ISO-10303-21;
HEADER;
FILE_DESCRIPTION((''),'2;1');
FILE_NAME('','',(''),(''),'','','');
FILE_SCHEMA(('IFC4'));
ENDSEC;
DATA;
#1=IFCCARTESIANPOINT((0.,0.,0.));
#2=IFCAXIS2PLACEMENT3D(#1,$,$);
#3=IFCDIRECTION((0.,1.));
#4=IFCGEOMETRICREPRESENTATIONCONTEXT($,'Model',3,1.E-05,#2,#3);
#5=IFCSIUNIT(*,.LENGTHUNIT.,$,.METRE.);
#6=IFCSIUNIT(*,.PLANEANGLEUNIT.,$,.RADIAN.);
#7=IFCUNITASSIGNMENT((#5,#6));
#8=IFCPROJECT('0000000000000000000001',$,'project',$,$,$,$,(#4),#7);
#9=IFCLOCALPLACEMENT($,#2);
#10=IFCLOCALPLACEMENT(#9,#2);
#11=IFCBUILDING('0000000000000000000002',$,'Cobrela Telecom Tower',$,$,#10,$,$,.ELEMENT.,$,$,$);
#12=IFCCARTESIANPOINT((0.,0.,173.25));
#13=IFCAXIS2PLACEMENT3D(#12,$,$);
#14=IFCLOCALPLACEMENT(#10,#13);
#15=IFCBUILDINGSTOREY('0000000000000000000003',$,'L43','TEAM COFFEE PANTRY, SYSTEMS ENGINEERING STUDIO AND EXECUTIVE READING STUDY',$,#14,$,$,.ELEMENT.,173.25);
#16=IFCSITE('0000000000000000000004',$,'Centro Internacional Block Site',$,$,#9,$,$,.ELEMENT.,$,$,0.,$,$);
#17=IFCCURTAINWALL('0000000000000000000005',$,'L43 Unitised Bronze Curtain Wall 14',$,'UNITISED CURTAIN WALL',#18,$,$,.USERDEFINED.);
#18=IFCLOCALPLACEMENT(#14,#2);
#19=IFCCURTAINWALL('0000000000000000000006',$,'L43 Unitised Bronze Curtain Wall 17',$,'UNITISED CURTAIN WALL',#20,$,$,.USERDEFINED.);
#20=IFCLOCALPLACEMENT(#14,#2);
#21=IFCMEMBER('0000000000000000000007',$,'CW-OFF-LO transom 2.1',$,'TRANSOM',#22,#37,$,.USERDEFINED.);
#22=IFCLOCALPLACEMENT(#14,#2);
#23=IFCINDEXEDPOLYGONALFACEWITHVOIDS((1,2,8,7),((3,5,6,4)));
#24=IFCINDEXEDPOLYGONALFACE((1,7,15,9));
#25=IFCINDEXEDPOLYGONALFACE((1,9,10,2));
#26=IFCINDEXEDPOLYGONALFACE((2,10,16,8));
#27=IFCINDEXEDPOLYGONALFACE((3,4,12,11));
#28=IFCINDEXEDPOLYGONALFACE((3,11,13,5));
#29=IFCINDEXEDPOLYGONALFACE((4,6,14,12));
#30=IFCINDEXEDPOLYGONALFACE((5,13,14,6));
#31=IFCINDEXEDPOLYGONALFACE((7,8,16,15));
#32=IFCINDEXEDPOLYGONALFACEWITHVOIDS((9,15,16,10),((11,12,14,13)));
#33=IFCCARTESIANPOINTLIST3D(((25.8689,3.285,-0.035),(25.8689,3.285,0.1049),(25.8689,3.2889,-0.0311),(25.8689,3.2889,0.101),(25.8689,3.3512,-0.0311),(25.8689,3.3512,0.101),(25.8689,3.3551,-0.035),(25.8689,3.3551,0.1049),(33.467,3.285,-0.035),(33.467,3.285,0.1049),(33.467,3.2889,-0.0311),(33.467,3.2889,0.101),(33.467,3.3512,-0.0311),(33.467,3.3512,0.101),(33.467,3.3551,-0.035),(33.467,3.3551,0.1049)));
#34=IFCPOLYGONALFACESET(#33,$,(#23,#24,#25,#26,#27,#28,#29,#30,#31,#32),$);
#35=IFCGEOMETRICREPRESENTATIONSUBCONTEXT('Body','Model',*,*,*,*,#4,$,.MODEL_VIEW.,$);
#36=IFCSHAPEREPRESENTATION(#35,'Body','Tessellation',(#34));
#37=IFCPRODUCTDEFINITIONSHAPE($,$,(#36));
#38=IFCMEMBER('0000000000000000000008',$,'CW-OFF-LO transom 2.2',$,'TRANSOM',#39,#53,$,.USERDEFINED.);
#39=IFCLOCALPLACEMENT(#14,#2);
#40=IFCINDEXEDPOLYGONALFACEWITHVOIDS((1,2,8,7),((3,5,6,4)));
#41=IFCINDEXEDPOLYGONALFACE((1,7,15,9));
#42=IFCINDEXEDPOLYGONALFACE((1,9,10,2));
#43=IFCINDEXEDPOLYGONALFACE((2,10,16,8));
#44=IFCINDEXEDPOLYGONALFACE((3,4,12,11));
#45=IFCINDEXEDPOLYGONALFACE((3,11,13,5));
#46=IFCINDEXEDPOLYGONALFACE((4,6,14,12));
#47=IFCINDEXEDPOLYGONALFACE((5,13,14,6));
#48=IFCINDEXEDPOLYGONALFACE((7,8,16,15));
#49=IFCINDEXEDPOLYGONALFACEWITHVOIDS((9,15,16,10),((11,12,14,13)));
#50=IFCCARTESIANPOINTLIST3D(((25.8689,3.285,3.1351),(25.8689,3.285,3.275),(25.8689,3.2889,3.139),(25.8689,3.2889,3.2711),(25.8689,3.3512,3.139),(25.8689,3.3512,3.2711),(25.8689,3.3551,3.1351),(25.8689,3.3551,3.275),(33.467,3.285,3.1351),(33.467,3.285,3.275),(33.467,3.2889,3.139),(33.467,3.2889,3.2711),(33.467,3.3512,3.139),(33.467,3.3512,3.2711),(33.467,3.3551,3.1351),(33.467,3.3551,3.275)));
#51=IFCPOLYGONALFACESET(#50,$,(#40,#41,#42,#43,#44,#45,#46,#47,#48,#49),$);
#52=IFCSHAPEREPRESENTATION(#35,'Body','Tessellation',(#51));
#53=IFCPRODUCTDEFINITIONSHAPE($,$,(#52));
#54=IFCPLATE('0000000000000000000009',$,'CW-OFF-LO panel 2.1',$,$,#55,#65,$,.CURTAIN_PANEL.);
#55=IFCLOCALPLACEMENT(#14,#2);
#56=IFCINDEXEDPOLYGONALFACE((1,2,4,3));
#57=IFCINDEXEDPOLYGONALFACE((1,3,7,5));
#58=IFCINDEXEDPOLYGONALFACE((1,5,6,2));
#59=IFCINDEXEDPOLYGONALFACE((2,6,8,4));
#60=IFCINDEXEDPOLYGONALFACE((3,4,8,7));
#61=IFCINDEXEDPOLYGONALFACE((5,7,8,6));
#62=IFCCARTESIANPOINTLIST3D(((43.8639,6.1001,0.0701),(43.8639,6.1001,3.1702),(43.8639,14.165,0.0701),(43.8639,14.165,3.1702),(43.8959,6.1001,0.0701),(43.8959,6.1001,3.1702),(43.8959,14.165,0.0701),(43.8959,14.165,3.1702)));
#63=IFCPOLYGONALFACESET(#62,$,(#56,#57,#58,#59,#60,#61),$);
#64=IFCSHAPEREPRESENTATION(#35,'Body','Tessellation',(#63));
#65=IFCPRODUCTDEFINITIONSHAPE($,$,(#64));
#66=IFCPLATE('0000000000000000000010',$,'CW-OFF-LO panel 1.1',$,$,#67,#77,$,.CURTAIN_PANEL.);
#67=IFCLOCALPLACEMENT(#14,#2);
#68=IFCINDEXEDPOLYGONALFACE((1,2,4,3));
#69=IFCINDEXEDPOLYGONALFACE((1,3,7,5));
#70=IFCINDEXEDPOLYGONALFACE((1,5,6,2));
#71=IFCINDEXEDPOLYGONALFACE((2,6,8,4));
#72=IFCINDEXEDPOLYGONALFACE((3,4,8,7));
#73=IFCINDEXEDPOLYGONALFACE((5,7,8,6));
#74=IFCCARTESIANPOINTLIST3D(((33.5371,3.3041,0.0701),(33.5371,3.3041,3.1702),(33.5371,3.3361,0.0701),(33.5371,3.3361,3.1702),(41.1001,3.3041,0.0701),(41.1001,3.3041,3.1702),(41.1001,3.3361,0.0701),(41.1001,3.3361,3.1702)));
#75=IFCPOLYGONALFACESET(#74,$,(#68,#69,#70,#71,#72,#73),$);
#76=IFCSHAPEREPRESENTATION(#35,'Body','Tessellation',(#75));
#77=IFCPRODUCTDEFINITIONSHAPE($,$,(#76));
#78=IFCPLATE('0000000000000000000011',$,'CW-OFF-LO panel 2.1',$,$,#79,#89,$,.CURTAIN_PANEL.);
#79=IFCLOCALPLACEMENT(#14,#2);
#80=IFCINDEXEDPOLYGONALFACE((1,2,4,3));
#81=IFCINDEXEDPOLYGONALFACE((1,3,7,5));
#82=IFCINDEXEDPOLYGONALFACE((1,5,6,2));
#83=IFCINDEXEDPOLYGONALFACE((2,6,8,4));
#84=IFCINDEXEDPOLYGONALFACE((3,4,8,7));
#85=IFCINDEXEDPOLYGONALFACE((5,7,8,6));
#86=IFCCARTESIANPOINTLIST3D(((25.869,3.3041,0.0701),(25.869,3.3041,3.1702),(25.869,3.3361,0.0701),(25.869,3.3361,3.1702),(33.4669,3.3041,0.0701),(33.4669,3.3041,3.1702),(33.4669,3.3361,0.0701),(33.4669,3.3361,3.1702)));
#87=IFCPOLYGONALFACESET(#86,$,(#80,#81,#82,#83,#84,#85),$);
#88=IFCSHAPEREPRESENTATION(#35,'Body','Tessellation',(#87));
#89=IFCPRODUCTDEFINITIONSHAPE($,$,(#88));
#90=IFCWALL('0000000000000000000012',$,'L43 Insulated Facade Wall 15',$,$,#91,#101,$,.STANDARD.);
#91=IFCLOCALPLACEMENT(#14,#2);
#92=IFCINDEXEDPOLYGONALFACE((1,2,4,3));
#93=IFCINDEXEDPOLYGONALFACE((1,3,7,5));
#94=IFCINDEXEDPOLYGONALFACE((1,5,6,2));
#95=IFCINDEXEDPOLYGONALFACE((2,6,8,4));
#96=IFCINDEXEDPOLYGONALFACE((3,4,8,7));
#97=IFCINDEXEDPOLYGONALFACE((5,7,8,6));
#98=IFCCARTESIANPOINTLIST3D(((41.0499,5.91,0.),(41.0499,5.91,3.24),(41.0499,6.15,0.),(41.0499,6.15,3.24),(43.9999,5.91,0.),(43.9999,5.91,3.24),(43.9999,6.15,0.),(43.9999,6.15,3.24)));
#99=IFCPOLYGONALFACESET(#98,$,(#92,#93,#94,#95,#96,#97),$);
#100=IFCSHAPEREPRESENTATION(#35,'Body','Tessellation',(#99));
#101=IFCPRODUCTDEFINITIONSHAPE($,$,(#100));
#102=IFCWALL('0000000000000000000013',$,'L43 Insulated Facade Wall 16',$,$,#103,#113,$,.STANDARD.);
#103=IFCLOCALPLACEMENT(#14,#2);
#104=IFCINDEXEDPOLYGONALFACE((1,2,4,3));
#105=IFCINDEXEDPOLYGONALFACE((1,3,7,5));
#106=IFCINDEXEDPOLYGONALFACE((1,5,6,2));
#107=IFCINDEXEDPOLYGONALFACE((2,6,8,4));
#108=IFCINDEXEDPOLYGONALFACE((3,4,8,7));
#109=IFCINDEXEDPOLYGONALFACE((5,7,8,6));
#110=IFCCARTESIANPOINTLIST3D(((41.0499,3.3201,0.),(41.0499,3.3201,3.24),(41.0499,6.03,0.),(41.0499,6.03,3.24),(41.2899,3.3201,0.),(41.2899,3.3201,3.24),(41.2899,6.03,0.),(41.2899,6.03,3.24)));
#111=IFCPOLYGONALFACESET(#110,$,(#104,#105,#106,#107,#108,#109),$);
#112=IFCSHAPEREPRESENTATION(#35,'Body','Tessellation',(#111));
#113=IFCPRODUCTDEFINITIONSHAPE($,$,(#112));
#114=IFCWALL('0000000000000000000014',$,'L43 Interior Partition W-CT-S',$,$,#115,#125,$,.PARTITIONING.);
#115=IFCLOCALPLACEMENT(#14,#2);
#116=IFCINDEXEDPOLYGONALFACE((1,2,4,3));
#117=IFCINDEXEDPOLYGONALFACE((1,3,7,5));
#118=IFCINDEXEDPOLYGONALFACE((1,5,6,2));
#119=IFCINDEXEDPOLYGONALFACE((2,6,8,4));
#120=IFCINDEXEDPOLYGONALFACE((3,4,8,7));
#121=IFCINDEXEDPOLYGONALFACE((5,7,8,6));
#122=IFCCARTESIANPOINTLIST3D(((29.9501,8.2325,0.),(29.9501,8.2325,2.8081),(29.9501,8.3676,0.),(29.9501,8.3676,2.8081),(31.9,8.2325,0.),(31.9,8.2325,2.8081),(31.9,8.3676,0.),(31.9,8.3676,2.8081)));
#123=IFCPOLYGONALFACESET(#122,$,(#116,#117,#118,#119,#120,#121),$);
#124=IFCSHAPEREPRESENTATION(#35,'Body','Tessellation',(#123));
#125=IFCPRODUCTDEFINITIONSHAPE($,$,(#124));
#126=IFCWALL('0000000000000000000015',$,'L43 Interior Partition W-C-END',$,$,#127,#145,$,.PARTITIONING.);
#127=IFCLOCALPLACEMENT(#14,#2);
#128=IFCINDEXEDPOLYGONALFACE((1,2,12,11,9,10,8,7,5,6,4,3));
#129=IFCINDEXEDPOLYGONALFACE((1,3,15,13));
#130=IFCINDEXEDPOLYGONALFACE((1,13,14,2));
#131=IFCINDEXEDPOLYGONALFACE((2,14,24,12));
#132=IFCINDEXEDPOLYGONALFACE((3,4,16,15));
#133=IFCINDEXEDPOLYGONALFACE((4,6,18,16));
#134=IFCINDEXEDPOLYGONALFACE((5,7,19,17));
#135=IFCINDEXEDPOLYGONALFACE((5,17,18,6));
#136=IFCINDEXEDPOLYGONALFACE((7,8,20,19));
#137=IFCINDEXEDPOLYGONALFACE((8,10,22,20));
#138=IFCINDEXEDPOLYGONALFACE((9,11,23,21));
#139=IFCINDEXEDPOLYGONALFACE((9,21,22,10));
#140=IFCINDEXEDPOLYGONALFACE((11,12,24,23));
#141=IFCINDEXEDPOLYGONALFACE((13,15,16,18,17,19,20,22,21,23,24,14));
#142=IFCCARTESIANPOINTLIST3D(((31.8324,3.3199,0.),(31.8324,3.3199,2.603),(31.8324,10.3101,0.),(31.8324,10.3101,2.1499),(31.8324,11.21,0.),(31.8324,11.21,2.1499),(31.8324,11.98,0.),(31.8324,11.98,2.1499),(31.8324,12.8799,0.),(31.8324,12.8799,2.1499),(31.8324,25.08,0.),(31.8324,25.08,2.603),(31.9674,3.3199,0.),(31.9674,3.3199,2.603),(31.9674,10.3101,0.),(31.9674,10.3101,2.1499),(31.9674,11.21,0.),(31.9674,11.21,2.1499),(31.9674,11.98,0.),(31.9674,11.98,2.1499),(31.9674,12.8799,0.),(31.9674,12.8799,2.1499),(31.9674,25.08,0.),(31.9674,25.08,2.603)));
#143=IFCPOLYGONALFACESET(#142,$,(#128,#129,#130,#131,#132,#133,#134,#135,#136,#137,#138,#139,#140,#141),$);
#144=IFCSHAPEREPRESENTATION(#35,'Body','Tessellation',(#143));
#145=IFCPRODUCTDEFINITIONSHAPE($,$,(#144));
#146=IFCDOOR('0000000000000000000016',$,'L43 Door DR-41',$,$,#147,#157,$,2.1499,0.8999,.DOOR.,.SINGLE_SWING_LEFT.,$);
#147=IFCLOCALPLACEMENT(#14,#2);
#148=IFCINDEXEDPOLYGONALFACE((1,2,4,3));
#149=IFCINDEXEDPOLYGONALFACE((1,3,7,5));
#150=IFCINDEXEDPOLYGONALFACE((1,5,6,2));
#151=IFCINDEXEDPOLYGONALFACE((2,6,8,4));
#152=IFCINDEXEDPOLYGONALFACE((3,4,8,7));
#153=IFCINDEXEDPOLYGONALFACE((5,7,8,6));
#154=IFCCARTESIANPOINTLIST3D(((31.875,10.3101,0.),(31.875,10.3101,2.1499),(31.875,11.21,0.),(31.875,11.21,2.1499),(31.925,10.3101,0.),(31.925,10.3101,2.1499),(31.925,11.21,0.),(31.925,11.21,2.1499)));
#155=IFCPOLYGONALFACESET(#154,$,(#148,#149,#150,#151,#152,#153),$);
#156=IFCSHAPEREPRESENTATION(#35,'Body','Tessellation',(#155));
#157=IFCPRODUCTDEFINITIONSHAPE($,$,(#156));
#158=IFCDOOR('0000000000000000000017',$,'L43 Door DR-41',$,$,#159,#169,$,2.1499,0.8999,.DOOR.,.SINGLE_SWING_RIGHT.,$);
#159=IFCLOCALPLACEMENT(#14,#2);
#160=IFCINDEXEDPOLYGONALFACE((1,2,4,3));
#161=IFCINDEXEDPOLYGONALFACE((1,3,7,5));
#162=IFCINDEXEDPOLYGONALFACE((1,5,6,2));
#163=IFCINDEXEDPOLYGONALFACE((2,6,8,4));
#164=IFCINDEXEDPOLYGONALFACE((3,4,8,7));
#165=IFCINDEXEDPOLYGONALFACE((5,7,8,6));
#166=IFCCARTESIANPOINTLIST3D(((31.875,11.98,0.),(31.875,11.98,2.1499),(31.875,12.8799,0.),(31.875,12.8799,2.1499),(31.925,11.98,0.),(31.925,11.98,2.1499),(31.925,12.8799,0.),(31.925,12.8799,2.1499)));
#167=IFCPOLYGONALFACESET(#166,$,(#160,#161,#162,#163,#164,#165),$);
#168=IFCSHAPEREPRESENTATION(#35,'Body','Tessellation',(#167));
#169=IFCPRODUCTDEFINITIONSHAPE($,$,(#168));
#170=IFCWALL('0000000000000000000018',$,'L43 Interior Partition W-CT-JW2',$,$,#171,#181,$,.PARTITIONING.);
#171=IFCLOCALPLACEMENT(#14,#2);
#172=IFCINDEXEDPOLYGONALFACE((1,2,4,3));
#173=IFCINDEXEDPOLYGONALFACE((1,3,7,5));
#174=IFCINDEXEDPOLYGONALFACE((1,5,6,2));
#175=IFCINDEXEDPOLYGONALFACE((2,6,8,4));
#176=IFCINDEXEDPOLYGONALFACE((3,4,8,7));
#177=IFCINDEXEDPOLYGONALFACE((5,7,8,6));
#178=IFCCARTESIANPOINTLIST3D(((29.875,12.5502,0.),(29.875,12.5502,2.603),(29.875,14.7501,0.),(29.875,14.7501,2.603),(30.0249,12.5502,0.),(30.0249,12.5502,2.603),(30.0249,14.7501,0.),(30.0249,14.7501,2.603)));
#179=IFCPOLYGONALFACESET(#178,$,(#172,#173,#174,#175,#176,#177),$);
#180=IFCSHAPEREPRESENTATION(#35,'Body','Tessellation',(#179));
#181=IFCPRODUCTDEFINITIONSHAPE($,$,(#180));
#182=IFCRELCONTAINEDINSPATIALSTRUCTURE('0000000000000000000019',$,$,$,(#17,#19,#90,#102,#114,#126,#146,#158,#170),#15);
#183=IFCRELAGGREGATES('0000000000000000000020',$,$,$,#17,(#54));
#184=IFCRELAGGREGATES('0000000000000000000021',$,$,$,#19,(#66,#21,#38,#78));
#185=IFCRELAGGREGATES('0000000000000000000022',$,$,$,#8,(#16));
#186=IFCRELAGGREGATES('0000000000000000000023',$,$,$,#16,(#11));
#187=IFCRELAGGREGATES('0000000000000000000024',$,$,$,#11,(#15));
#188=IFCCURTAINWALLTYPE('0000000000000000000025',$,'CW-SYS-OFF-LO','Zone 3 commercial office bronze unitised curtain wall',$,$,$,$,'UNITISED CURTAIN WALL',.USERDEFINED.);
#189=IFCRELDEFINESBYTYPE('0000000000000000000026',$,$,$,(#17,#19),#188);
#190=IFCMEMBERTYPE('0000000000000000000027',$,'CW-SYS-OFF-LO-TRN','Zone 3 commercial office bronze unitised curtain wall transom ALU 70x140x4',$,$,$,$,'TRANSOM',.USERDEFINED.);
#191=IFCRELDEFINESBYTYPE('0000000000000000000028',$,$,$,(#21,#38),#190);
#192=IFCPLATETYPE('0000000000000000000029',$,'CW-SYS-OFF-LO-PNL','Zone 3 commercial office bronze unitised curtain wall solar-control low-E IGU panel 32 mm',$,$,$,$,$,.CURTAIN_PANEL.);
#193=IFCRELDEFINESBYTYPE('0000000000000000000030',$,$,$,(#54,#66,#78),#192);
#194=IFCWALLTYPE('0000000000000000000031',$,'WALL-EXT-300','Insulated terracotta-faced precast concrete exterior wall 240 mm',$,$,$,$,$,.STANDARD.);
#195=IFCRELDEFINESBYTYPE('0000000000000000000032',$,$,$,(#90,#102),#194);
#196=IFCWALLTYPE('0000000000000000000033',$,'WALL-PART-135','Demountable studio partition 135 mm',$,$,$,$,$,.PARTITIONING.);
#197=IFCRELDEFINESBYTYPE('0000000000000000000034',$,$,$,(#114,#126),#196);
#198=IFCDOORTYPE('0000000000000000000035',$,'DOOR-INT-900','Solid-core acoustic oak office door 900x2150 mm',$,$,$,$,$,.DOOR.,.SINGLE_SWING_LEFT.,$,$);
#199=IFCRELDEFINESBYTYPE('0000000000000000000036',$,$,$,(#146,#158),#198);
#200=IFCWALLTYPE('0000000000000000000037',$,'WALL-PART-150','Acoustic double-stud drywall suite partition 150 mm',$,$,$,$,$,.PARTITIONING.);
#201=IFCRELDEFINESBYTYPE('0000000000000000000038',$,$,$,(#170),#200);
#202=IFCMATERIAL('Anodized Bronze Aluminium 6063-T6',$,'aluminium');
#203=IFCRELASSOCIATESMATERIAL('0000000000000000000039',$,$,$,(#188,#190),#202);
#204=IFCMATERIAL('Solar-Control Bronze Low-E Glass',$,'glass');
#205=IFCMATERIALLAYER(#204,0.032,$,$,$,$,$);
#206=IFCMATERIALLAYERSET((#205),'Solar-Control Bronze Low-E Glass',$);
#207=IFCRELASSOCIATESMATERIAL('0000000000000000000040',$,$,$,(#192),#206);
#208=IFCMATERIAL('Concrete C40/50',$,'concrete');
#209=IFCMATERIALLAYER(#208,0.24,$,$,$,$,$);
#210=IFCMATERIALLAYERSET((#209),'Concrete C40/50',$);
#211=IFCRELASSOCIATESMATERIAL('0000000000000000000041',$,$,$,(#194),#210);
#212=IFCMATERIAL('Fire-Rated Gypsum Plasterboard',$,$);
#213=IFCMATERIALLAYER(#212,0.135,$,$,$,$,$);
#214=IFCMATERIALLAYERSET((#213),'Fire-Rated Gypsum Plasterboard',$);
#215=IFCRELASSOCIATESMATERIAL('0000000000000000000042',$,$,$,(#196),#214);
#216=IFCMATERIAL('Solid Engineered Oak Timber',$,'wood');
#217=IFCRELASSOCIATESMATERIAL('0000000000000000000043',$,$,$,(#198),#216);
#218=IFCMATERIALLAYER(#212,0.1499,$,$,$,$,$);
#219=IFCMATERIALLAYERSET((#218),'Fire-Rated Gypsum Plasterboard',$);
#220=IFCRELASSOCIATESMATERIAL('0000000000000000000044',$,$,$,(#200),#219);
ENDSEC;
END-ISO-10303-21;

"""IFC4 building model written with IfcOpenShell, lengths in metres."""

from ifc_helpers import new_model, si_unit, direction, frame, frame_2d, origin, origin_2d, place, context, subcontext, project, spatial, rectangle, hollow_rectangle, extrude, material, layer, layer_set, material_profile, profile_set, type_object, element, fill, aggregate, save


model = new_model("IFC4")

# Units and contexts
model_context = context("Model", 3, precision=1e-05, world=origin(), true_north=direction((0.0, 1.0)))
body_context = subcontext(model_context, "Body", "Model", "MODEL_VIEW")
ifc_project = project(units=[si_unit("LENGTHUNIT", "METRE"), si_unit("PLANEANGLEUNIT", "RADIAN")], contexts=[model_context])

# Site, building, storey
site_placement = place(None, origin())
site = spatial("IfcSite", under=ifc_project, at=site_placement, Name="Centro Internacional Block Site", CompositionType="ELEMENT", RefElevation=0.0)
building_placement = place(site_placement, origin())
building = spatial("IfcBuilding", under=site, at=building_placement, Name="Cobrela Telecom Tower", CompositionType="ELEMENT")
storey_placement = place(building_placement, frame((0.0, 0.0, 173.25)))
storey = spatial("IfcBuildingStorey", under=building, at=storey_placement, Name="L43", Description="TEAM COFFEE PANTRY, SYSTEMS ENGINEERING STUDIO AND EXECUTIVE READING STUDY", CompositionType="ELEMENT", Elevation=173.25)

# Curtain walls
ifc_material_1 = material(Name="Anodized Bronze Aluminium 6063-T6", Category="aluminium")
curtain_wall_type = type_object("IfcCurtainWallType", Name="CW-SYS-OFF-LO", Description="Zone 3 commercial office bronze unitised curtain wall", ElementType="UNITISED CURTAIN WALL", PredefinedType="USERDEFINED", material=ifc_material_1)
curtain_wall_1_placement = place(storey_placement, origin())
curtain_wall_1 = element("IfcCurtainWall", 1, at=curtain_wall_1_placement, inside=storey, type_object=curtain_wall_type, Name="L43 Unitised Bronze Curtain Wall 14", ObjectType="UNITISED CURTAIN WALL", PredefinedType="USERDEFINED")
curtain_wall_2_placement = place(storey_placement, origin())
curtain_wall_2 = element("IfcCurtainWall", 2, at=curtain_wall_2_placement, inside=storey, type_object=curtain_wall_type, Name="L43 Unitised Bronze Curtain Wall 17", ObjectType="UNITISED CURTAIN WALL", PredefinedType="USERDEFINED")

# Members
ifc_material_profile_1 = material_profile(ifc_material_1, hollow_rectangle(XDim=0.0701, YDim=0.1399, WallThickness=0.0039, at=origin_2d()), Name="ALU 70x140x4")
ifc_profile_set_1 = profile_set([ifc_material_profile_1], Name="Anodized Bronze Aluminium 6063-T6")
member_type_1 = type_object("IfcMemberType", Name="CW-SYS-OFF-LO-TRN", Description="Zone 3 commercial office bronze unitised curtain wall transom ALU 70x140x4", ElementType="TRANSOM", PredefinedType="USERDEFINED", material=ifc_profile_set_1)
member_1_placement = place(storey_placement, frame((33.467, 3.3201, 0.0349), z_axis=(-1.0, 0.0, 0.0), x_axis=(0.0, -1.0, 0.0)))
member_1 = element("IfcMember", 3, at=member_1_placement, type_object=member_type_1, Name="CW-OFF-LO transom 2.1", ObjectType="TRANSOM", PredefinedType="USERDEFINED", context=body_context, shape_type="SweptSolid", body=[
    extrude(hollow_rectangle(XDim=0.0701, YDim=0.1399, WallThickness=0.0039, at=origin_2d()), origin(), (0.0, 0.0, 1.0), 7.5981),
])
member_2_placement = place(storey_placement, frame((33.467, 3.3201, 3.2051), z_axis=(-1.0, 0.0, 0.0), x_axis=(0.0, -1.0, 0.0)))
member_2 = element("IfcMember", 4, at=member_2_placement, type_object=member_type_1, Name="CW-OFF-LO transom 2.2", ObjectType="TRANSOM", PredefinedType="USERDEFINED", context=body_context, shape_type="SweptSolid", body=[
    extrude(hollow_rectangle(XDim=0.0701, YDim=0.1399, WallThickness=0.0039, at=origin_2d()), origin(), (0.0, 0.0, 1.0), 7.5981),
])

# Plates
ifc_material_2 = material(Name="Solar-Control Bronze Low-E Glass", Category="glass")
ifc_layer_1 = layer(ifc_material_2, 0.032)
ifc_layer_set_1 = layer_set([ifc_layer_1], Name="Solar-Control Bronze Low-E Glass")
plate_type = type_object("IfcPlateType", Name="CW-SYS-OFF-LO-PNL", Description="Zone 3 commercial office bronze unitised curtain wall solar-control low-E IGU panel 32 mm", PredefinedType="CURTAIN_PANEL", material=ifc_layer_set_1)
plate_1_placement = place(storey_placement, frame((43.8799, 10.1326, 0.0701), z_axis=(0.0, 0.0, 1.0), x_axis=(0.0, -1.0, 0.0)))
plate_1 = element("IfcPlate", 5, at=plate_1_placement, type_object=plate_type, Name="CW-OFF-LO panel 2.1", PredefinedType="CURTAIN_PANEL", context=body_context, shape_type="SweptSolid", body=[
    extrude(rectangle(XDim=8.0649, YDim=0.032, at=origin_2d()), origin(), (0.0, 0.0, 1.0), 3.1001),
])
aggregate(curtain_wall_1, [plate_1])
plate_2_placement = place(storey_placement, frame((37.3186, 3.3201, 0.0701), z_axis=(0.0, 0.0, 1.0), x_axis=(-1.0, 0.0, 0.0)))
plate_2 = element("IfcPlate", 6, at=plate_2_placement, type_object=plate_type, Name="CW-OFF-LO panel 1.1", PredefinedType="CURTAIN_PANEL", context=body_context, shape_type="SweptSolid", body=[
    extrude(rectangle(XDim=7.563, YDim=0.032, at=origin_2d()), origin(), (0.0, 0.0, 1.0), 3.1001),
])
plate_3_placement = place(storey_placement, frame((29.668, 3.3201, 0.0701), z_axis=(0.0, 0.0, 1.0), x_axis=(-1.0, 0.0, 0.0)))
plate_3 = element("IfcPlate", 7, at=plate_3_placement, type_object=plate_type, Name="CW-OFF-LO panel 2.1", PredefinedType="CURTAIN_PANEL", context=body_context, shape_type="SweptSolid", body=[
    extrude(rectangle(XDim=7.5979, YDim=0.032, at=origin_2d()), origin(), (0.0, 0.0, 1.0), 3.1001),
])
aggregate(curtain_wall_2, [plate_2, member_1, member_2, plate_3])

# Walls
ifc_material_3 = material(Name="Concrete C40/50", Category="concrete")
ifc_layer_2 = layer(ifc_material_3, 0.24)
ifc_layer_set_2 = layer_set([ifc_layer_2], Name="Concrete C40/50")
wall_type_1 = type_object("IfcWallType", Name="WALL-EXT-300", Description="Insulated terracotta-faced precast concrete exterior wall 240 mm", PredefinedType="STANDARD", material=ifc_layer_set_2)
wall_1_placement = place(storey_placement, frame((44.0, 6.03, 0.0), z_axis=(0.0, 0.0, 1.0), x_axis=(-1.0, 0.0, 0.0)))
element("IfcWall", 8, at=wall_1_placement, inside=storey, type_object=wall_type_1, Name="L43 Insulated Facade Wall 15", PredefinedType="STANDARD", context=body_context, shape_type="SweptSolid", body=[
    extrude(rectangle(XDim=2.95, YDim=0.24, at=frame_2d((1.4751, 0.0))), origin(), (0.0, 0.0, 1.0), 3.24),
])
wall_2_placement = place(storey_placement, frame((41.1699, 6.03, 0.0), z_axis=(0.0, 0.0, 1.0), x_axis=(0.0, -1.0, 0.0)))
element("IfcWall", 9, at=wall_2_placement, inside=storey, type_object=wall_type_1, Name="L43 Insulated Facade Wall 16", PredefinedType="STANDARD", context=body_context, shape_type="SweptSolid", body=[
    extrude(rectangle(XDim=2.71, YDim=0.24, at=frame_2d((1.355, 0.0))), origin(), (0.0, 0.0, 1.0), 3.24),
])
ifc_material_4 = material(Name="Fire-Rated Gypsum Plasterboard")
ifc_layer_3 = layer(ifc_material_4, 0.135)
ifc_layer_set_3 = layer_set([ifc_layer_3], Name="Fire-Rated Gypsum Plasterboard")
wall_type_2 = type_object("IfcWallType", Name="WALL-PART-135", Description="Demountable studio partition 135 mm", PredefinedType="PARTITIONING", material=ifc_layer_set_3)
wall_3_placement = place(storey_placement, frame((29.95, 8.3, 0.0), z_axis=(0.0, 0.0, 1.0), x_axis=(1.0, 0.0, 0.0)))
element("IfcWall", 10, at=wall_3_placement, inside=storey, type_object=wall_type_2, Name="L43 Interior Partition W-CT-S", PredefinedType="PARTITIONING", context=body_context, shape_type="SweptSolid", body=[
    extrude(rectangle(XDim=1.95, YDim=0.135, at=frame_2d((0.9751, 0.0))), origin(), (0.0, 0.0, 1.0), 2.8081),
])

# Wall, openings, doors
wall_4_placement = place(storey_placement, frame((31.8999, 3.3201, 0.0), z_axis=(0.0, 0.0, 1.0), x_axis=(0.0, 1.0, 0.0)))
wall_4 = element("IfcWall", 11, at=wall_4_placement, inside=storey, type_object=wall_type_2, Name="L43 Interior Partition W-C-END", PredefinedType="PARTITIONING", context=body_context, shape_type="SweptSolid", body=[
    extrude(rectangle(XDim=21.76, YDim=0.135, at=frame_2d((10.8799, 0.0))), origin(), (0.0, 0.0, 1.0), 2.603),
])
opening_1_placement = place(wall_4_placement, frame((6.99, 0.0, 0.0)))
opening_1 = element("IfcOpeningElement", 12, at=opening_1_placement, cuts=wall_4, PredefinedType="OPENING", context=body_context, shape_type="SweptSolid", body=[
    extrude(rectangle(XDim=0.8999, YDim=2.1499, at=frame_2d((0.45, 1.075))), frame((0.0, 0.0796, 0.0), z_axis=(0.0, -1.0, 0.0), x_axis=(1.0, 0.0, 0.0)), (0.0, 0.0, 1.0), 0.1589),
])
opening_2_placement = place(wall_4_placement, frame((8.6599, 0.0, 0.0)))
opening_2 = element("IfcOpeningElement", 13, at=opening_2_placement, cuts=wall_4, PredefinedType="OPENING", context=body_context, shape_type="SweptSolid", body=[
    extrude(rectangle(XDim=0.8999, YDim=2.1499, at=frame_2d((0.45, 1.075))), frame((0.0, 0.0796, 0.0), z_axis=(0.0, -1.0, 0.0), x_axis=(1.0, 0.0, 0.0)), (0.0, 0.0, 1.0), 0.1589),
])
ifc_material_5 = material(Name="Solid Engineered Oak Timber", Category="wood")
door_type = type_object("IfcDoorType", Name="DOOR-INT-900", Description="Solid-core acoustic oak office door 900x2150 mm", OperationType="SINGLE_SWING_LEFT", PredefinedType="DOOR", material=ifc_material_5)
door_1_placement = place(opening_1_placement, origin())
door_1 = element("IfcDoor", 14, at=door_1_placement, inside=storey, type_object=door_type, Name="L43 Door DR-41", OperationType="SINGLE_SWING_LEFT", OverallHeight=2.1499, OverallWidth=0.8999, PredefinedType="DOOR", context=body_context, shape_type="SweptSolid", body=[
    extrude(rectangle(XDim=0.8999, YDim=2.1499, at=frame_2d((0.45, 1.075))), frame((0.0, 0.0249, 0.0), z_axis=(0.0, -1.0, 0.0), x_axis=(1.0, 0.0, 0.0)), (0.0, 0.0, 1.0), 0.05),
])
fill(opening_1, door_1)
door_2_placement = place(opening_2_placement, origin())
door_2 = element("IfcDoor", 15, at=door_2_placement, inside=storey, type_object=door_type, Name="L43 Door DR-41", OperationType="SINGLE_SWING_RIGHT", OverallHeight=2.1499, OverallWidth=0.8999, PredefinedType="DOOR", context=body_context, shape_type="SweptSolid", body=[
    extrude(rectangle(XDim=0.8999, YDim=2.1499, at=frame_2d((0.45, 1.075))), frame((0.0, 0.0249, 0.0), z_axis=(0.0, -1.0, 0.0), x_axis=(1.0, 0.0, 0.0)), (0.0, 0.0, 1.0), 0.05),
])
fill(opening_2, door_2)

# Wall
ifc_layer_4 = layer(ifc_material_4, 0.1499)
ifc_layer_set_4 = layer_set([ifc_layer_4], Name="Fire-Rated Gypsum Plasterboard")
wall_type_3 = type_object("IfcWallType", Name="WALL-PART-150", Description="Acoustic double-stud drywall suite partition 150 mm", PredefinedType="PARTITIONING", material=ifc_layer_set_4)
wall_5_placement = place(storey_placement, frame((29.95, 12.55, 0.0), z_axis=(0.0, 0.0, 1.0), x_axis=(0.0, 1.0, 0.0)))
element("IfcWall", 16, at=wall_5_placement, inside=storey, type_object=wall_type_3, Name="L43 Interior Partition W-CT-JW2", PredefinedType="PARTITIONING", context=body_context, shape_type="SweptSolid", body=[
    extrude(rectangle(XDim=2.2, YDim=0.1499, at=frame_2d((1.1001, 0.0))), origin(), (0.0, 0.0, 1.0), 2.603),
])

save(model, "model.ifc")
